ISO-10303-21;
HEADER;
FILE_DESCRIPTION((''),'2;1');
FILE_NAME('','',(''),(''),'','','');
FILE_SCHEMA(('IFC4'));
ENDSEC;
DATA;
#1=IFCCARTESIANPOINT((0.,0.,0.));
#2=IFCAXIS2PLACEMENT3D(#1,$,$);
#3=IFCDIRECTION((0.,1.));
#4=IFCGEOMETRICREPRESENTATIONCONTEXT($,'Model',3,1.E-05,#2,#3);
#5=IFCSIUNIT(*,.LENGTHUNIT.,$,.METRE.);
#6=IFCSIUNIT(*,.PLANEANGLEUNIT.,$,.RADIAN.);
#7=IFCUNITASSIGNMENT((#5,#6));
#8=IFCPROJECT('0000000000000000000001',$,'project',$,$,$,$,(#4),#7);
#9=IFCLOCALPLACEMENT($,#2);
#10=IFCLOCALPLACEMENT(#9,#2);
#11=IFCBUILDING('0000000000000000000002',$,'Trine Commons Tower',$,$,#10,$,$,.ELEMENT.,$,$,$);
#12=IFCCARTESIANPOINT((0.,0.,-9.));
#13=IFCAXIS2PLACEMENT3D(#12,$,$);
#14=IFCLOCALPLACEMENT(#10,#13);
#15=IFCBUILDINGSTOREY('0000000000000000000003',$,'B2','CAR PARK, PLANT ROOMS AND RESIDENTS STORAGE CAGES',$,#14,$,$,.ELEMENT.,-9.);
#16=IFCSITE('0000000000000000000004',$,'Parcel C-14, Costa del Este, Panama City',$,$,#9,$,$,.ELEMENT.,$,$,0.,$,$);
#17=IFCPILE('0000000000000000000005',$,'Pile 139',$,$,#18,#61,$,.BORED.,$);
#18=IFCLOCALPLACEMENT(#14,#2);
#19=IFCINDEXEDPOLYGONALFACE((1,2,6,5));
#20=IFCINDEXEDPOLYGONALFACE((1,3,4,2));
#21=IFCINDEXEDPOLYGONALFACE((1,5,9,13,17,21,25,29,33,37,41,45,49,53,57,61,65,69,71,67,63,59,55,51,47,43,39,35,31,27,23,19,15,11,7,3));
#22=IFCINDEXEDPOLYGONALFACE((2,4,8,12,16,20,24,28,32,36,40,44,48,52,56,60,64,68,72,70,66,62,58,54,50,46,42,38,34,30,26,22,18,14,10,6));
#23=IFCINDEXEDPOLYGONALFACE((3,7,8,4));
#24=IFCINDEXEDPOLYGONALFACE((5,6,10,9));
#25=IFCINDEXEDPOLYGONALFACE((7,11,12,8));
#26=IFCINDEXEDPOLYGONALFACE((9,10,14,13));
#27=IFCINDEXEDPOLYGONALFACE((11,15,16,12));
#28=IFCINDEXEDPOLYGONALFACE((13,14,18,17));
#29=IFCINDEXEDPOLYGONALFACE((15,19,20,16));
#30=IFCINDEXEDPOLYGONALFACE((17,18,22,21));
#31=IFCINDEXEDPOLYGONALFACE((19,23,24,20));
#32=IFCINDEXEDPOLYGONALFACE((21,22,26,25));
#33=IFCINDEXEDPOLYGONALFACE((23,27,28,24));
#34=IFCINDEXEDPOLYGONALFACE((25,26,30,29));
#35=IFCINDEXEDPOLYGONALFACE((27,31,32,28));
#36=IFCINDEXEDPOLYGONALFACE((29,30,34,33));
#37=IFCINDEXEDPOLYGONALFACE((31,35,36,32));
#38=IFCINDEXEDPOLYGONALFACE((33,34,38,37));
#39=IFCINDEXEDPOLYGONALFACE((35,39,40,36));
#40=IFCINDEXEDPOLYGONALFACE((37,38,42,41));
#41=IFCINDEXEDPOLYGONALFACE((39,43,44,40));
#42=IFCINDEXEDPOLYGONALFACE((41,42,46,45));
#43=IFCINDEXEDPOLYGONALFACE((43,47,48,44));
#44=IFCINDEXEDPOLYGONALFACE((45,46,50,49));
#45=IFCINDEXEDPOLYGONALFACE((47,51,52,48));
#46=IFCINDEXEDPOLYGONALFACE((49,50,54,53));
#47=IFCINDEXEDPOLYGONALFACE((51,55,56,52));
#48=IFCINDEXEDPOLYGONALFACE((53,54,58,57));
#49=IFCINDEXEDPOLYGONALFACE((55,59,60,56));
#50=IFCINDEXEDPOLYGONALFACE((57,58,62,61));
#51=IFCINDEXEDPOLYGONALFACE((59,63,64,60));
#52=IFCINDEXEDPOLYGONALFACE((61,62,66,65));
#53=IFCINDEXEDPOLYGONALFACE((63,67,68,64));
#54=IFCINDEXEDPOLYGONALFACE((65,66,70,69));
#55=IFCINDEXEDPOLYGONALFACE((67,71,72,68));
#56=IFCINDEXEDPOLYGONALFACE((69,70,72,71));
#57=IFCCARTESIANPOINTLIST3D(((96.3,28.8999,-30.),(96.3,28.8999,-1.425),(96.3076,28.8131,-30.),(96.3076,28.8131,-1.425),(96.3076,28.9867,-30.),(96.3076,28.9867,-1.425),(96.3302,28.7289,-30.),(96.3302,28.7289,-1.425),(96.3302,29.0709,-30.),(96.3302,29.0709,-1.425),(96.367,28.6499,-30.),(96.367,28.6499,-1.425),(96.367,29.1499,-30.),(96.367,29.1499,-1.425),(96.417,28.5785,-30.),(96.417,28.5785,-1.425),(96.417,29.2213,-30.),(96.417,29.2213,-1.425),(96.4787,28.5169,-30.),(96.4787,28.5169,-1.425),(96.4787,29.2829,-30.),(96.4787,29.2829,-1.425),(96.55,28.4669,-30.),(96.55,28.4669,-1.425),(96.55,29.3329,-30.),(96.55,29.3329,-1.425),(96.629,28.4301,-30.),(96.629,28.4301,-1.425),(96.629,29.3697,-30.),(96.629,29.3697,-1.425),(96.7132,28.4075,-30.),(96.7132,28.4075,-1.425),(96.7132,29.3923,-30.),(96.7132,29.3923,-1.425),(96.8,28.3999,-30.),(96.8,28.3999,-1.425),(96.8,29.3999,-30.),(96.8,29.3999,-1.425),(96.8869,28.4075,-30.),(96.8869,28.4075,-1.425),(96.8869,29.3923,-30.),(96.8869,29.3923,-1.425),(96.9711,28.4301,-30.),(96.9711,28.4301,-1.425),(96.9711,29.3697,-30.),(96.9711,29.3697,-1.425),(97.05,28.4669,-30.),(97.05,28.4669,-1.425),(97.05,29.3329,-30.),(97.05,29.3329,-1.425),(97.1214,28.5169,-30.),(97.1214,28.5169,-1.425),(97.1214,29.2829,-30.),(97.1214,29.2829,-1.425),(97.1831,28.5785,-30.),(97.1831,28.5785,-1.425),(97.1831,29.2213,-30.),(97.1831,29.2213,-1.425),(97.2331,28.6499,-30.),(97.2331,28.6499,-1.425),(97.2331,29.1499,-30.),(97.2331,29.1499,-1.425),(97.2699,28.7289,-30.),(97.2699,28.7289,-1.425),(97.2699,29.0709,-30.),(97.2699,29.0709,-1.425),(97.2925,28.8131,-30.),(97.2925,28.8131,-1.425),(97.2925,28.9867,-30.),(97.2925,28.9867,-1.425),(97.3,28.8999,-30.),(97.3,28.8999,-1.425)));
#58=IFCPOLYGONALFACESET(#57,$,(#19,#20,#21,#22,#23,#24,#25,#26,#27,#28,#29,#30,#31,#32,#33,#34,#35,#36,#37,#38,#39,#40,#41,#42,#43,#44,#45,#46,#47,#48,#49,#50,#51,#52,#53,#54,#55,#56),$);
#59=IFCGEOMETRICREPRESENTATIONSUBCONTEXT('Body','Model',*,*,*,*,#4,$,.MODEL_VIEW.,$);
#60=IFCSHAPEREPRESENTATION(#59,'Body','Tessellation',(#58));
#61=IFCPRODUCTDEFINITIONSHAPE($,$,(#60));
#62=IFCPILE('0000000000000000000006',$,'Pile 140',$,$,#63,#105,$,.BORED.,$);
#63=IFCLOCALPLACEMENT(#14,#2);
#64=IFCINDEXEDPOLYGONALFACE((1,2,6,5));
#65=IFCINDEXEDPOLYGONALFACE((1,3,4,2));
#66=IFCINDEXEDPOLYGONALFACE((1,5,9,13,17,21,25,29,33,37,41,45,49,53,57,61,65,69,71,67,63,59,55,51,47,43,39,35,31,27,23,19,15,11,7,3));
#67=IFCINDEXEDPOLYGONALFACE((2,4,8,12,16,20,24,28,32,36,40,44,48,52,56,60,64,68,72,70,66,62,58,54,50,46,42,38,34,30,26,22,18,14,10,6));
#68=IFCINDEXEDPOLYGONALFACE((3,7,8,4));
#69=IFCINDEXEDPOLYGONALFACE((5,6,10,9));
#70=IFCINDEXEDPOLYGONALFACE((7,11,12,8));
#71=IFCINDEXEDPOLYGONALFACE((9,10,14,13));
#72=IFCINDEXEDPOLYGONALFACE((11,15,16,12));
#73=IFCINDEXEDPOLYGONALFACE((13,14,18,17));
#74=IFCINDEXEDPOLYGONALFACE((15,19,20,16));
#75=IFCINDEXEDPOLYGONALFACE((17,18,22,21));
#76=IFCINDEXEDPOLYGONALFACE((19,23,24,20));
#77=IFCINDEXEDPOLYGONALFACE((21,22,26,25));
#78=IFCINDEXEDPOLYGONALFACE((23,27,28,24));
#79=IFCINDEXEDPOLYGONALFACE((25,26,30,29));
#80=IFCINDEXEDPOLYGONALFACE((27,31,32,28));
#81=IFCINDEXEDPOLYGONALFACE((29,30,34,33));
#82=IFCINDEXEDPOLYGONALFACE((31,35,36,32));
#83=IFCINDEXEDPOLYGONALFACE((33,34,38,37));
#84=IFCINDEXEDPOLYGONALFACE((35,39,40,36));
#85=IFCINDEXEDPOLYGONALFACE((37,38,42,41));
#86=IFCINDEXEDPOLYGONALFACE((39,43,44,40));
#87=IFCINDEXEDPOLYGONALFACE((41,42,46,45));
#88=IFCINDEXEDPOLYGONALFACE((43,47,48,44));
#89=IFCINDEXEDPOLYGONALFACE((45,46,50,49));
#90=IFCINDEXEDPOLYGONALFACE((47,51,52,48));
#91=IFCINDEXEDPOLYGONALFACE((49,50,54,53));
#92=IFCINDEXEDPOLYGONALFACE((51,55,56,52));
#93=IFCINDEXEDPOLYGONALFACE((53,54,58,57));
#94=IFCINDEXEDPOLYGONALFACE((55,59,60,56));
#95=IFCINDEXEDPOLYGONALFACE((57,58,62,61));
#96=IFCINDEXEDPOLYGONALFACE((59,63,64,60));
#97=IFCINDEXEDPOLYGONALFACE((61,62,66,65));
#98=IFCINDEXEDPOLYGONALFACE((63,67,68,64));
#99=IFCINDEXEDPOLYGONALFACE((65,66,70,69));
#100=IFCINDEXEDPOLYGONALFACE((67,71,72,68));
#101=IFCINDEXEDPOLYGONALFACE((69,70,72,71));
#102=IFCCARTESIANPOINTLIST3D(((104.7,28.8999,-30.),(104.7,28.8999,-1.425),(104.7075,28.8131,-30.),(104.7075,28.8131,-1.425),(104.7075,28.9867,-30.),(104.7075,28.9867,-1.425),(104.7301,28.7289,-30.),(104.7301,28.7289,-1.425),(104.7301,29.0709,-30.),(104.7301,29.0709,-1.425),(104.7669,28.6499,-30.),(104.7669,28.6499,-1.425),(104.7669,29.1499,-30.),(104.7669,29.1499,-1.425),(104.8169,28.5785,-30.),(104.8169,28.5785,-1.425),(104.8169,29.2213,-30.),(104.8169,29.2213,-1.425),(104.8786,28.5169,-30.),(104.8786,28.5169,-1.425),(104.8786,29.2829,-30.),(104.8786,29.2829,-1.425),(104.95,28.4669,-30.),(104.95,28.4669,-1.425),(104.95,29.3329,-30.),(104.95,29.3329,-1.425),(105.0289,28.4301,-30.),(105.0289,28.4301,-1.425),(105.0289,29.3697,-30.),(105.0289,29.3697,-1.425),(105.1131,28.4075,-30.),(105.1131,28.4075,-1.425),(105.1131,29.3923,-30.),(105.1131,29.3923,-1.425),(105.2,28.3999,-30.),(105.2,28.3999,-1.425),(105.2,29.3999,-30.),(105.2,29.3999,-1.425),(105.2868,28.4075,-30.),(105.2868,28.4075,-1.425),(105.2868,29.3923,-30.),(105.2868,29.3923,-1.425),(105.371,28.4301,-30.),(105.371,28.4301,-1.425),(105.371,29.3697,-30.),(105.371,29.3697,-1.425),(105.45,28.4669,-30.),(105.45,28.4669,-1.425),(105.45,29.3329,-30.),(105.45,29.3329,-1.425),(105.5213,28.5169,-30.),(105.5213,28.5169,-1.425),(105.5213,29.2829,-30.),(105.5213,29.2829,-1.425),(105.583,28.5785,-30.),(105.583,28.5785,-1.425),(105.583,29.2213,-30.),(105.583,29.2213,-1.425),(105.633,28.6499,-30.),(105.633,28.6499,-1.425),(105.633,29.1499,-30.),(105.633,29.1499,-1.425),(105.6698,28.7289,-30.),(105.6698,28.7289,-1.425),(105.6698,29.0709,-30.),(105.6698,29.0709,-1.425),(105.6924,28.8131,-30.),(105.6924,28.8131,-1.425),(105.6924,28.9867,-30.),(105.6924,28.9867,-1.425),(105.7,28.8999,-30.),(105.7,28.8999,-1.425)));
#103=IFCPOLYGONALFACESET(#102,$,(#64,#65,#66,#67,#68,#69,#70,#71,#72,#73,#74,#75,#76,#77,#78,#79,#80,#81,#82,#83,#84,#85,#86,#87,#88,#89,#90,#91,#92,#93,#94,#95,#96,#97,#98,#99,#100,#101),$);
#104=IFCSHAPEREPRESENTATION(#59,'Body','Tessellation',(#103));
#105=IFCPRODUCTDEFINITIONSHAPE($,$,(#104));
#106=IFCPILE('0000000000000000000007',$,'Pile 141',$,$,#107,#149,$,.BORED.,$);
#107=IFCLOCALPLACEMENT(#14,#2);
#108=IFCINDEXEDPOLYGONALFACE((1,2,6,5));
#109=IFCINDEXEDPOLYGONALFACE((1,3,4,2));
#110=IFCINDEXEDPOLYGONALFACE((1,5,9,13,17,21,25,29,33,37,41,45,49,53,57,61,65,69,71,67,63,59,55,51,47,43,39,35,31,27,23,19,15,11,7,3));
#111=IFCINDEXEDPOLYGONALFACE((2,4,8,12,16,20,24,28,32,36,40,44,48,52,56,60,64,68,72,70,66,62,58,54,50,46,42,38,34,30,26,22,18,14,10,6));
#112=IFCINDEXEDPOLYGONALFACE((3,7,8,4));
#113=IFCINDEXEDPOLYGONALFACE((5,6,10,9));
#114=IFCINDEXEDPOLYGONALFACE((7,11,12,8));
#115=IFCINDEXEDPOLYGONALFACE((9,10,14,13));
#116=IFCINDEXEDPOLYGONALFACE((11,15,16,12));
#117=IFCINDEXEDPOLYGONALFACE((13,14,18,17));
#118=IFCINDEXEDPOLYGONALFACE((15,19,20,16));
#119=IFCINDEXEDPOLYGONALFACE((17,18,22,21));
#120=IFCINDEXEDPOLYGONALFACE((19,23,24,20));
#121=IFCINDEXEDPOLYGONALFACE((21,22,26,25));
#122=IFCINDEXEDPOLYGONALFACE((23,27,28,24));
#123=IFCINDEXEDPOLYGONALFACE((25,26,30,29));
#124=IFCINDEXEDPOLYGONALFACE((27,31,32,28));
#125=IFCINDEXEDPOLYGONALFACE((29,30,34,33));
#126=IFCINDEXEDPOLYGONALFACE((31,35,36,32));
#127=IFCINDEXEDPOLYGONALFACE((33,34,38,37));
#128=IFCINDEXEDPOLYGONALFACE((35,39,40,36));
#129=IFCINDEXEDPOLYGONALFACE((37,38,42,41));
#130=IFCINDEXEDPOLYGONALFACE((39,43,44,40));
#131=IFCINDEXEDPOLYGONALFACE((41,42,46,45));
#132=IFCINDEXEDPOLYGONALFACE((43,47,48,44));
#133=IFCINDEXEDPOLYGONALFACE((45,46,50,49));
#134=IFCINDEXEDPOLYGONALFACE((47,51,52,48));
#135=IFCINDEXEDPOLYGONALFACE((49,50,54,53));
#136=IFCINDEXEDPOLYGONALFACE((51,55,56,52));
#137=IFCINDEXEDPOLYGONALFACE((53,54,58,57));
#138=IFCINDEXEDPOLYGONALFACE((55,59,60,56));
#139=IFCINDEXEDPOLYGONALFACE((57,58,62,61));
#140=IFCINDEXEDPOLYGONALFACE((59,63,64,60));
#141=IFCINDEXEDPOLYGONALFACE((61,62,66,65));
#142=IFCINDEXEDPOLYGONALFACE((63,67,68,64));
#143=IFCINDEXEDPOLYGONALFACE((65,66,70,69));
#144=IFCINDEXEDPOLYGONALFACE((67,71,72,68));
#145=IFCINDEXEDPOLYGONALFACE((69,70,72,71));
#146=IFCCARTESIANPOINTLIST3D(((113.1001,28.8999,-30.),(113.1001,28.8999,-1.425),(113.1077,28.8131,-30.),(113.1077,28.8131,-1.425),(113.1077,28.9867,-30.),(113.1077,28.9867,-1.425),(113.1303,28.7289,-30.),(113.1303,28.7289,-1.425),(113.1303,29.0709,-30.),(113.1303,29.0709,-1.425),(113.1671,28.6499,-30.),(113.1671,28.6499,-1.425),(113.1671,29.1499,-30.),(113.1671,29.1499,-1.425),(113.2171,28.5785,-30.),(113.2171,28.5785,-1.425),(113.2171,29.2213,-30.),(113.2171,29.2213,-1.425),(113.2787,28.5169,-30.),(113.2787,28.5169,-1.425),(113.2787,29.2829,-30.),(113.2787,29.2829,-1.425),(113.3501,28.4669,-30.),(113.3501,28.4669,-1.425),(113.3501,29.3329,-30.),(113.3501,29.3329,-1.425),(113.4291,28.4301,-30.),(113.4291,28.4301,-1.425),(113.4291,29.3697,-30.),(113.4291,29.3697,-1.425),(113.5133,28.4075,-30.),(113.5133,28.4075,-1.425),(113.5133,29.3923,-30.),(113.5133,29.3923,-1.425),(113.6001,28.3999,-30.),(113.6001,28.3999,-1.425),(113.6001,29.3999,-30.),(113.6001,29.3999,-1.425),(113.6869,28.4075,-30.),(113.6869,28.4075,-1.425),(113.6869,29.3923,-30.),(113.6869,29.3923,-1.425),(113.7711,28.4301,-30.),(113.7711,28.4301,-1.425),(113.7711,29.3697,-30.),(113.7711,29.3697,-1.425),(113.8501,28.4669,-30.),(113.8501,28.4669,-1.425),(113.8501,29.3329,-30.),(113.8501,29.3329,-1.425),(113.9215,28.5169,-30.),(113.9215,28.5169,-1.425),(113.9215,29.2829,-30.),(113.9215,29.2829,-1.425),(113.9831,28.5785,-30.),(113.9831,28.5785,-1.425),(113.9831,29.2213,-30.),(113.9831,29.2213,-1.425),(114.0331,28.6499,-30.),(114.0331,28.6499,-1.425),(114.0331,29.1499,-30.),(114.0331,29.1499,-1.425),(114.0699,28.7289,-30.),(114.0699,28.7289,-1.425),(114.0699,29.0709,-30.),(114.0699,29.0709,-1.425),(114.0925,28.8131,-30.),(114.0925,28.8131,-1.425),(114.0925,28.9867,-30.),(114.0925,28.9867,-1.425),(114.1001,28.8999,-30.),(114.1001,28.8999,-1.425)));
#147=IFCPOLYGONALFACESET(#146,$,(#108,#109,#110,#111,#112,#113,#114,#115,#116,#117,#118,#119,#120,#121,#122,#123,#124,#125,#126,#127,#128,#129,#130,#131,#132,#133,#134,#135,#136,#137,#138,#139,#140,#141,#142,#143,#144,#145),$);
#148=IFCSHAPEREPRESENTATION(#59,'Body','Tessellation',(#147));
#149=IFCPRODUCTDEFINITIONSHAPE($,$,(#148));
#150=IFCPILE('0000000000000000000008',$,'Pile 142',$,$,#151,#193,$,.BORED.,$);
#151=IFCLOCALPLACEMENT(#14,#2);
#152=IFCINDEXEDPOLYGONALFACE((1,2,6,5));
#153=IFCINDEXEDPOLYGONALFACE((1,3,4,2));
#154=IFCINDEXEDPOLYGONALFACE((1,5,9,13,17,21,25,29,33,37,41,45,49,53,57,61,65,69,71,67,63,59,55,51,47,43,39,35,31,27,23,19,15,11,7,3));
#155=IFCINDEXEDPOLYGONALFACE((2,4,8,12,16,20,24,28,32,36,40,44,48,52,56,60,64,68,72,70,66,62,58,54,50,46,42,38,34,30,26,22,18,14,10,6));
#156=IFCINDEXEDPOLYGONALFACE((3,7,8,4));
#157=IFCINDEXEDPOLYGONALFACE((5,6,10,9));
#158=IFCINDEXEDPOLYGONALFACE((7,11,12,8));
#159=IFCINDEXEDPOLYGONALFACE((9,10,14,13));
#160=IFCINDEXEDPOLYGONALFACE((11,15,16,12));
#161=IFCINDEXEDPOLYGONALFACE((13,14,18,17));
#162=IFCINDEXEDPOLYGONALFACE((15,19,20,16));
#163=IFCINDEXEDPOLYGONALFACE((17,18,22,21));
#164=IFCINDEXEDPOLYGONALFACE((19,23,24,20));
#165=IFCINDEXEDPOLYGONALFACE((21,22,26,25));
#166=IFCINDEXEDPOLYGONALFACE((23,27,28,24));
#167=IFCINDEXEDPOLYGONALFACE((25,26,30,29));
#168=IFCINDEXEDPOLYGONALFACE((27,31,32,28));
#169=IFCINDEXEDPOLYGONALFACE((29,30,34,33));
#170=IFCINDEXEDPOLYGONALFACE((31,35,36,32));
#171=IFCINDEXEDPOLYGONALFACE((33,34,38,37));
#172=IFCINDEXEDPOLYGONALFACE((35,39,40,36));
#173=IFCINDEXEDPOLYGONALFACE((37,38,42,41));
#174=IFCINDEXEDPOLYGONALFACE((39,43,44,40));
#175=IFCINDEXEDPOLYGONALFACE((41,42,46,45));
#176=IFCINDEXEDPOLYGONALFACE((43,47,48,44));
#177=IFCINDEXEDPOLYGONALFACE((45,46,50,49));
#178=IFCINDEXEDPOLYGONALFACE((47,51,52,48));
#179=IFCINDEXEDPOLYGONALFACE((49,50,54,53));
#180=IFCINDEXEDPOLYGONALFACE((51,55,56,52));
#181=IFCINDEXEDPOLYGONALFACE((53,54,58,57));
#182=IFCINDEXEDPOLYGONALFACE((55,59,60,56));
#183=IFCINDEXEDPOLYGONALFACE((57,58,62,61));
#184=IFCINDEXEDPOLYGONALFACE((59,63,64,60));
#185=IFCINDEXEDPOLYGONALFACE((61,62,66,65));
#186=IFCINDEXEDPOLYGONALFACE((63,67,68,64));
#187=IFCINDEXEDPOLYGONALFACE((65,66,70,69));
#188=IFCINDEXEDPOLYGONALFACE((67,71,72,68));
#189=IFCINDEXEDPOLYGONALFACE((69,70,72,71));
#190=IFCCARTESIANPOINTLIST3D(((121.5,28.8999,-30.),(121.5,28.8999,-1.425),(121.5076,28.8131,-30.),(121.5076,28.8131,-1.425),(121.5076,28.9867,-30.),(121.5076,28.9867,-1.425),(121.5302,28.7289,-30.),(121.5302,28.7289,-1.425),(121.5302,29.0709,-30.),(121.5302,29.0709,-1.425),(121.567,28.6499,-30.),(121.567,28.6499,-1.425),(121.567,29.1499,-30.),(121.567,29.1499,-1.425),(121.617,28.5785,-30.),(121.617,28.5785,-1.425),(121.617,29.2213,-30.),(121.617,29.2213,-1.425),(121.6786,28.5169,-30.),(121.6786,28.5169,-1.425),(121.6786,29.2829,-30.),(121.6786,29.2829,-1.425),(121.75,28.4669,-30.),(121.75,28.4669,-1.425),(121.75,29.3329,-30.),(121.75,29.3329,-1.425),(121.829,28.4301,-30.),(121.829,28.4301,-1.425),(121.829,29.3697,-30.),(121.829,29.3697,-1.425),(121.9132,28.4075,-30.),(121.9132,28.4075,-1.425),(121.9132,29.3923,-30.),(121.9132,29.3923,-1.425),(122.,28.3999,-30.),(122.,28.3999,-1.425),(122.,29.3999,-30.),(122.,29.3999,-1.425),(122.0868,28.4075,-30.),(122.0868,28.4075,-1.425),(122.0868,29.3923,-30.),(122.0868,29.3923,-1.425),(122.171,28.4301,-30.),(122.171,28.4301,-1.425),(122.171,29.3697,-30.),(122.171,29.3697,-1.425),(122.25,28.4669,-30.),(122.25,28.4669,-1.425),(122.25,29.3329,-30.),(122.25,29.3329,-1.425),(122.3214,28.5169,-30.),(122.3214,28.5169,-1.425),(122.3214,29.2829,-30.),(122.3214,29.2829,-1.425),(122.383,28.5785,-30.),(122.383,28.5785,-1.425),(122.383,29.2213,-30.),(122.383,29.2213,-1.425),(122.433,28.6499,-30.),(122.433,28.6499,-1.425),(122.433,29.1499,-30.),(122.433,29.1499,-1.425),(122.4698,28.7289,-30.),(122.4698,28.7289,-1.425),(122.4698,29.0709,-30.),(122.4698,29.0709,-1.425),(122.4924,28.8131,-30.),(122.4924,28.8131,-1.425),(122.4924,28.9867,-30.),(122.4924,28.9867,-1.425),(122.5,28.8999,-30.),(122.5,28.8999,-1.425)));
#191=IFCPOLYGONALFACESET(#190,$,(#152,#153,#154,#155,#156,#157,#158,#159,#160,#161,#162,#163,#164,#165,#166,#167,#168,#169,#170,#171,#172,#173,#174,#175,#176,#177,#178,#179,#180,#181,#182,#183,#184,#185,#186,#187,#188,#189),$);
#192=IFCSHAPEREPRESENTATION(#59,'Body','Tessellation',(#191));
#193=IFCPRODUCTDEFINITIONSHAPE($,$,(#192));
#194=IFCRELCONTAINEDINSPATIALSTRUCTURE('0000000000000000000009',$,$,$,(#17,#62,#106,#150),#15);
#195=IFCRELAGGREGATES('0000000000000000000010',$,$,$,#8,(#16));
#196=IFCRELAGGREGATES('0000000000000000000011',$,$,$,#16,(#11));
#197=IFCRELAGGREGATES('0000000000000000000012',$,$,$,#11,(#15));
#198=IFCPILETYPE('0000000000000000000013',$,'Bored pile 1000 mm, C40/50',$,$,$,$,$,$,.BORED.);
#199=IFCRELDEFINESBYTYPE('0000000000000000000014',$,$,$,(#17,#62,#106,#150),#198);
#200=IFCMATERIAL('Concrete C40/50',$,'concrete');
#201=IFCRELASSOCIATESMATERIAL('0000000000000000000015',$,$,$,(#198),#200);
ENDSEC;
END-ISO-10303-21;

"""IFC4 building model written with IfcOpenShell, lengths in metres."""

from ifc_helpers import new_model, si_unit, direction, frame, origin, origin_2d, place, context, subcontext, project, spatial, circle, extrude, material, type_object, element, save


model = new_model("IFC4")

# Units and contexts
model_context = context("Model", 3, precision=1e-05, world=origin(), true_north=direction((0.0, 1.0)))
body_context = subcontext(model_context, "Body", "Model", "MODEL_VIEW")
ifc_project = project(units=[si_unit("LENGTHUNIT", "METRE"), si_unit("PLANEANGLEUNIT", "RADIAN")], contexts=[model_context])

# Site, building, storey
site_placement = place(None, origin())
site = spatial("IfcSite", under=ifc_project, at=site_placement, Name="Parcel C-14, Costa del Este, Panama City", CompositionType="ELEMENT", RefElevation=0.0)
building_placement = place(site_placement, origin())
building = spatial("IfcBuilding", under=site, at=building_placement, Name="Trine Commons Tower", CompositionType="ELEMENT")
storey_placement = place(building_placement, frame((0.0, 0.0, -9.0)))
storey = spatial("IfcBuildingStorey", under=building, at=storey_placement, Name="B2", Description="CAR PARK, PLANT ROOMS AND RESIDENTS STORAGE CAGES", CompositionType="ELEMENT", Elevation=-9.0)

# Piles
ifc_material_1 = material(Name="Concrete C40/50", Category="concrete")
pile_type_1 = type_object("IfcPileType", Name="Bored pile 1000 mm, C40/50", PredefinedType="BORED", material=ifc_material_1)
for number, where, z_axis, x_axis, name in (
    (1, (96.8, 28.8999, -1.425), (0.0, 0.0, -1.0), (1.0, 0.0, 0.0), "Pile 139"),
    (2, (105.2, 28.8999, -1.425), (0.0, 0.0, -1.0), (1.0, 0.0, 0.0), "Pile 140"),
    (3, (113.6001, 28.8999, -1.425), (0.0, 0.0, -1.0), (1.0, 0.0, 0.0), "Pile 141"),
    (4, (122.0, 28.8999, -1.425), (0.0, 0.0, -1.0), (1.0, 0.0, 0.0), "Pile 142"),
):
    element("IfcPile", number, at=place(storey_placement, frame(where, z_axis=z_axis, x_axis=x_axis)), inside=storey, type_object=pile_type_1, Name=name, PredefinedType="BORED", context=body_context, shape_type="SweptSolid", body=[
        extrude(circle(Radius=0.5, at=origin_2d()), origin(), (0.0, 0.0, 1.0), 28.575),
    ])

save(model, "model.ifc")
